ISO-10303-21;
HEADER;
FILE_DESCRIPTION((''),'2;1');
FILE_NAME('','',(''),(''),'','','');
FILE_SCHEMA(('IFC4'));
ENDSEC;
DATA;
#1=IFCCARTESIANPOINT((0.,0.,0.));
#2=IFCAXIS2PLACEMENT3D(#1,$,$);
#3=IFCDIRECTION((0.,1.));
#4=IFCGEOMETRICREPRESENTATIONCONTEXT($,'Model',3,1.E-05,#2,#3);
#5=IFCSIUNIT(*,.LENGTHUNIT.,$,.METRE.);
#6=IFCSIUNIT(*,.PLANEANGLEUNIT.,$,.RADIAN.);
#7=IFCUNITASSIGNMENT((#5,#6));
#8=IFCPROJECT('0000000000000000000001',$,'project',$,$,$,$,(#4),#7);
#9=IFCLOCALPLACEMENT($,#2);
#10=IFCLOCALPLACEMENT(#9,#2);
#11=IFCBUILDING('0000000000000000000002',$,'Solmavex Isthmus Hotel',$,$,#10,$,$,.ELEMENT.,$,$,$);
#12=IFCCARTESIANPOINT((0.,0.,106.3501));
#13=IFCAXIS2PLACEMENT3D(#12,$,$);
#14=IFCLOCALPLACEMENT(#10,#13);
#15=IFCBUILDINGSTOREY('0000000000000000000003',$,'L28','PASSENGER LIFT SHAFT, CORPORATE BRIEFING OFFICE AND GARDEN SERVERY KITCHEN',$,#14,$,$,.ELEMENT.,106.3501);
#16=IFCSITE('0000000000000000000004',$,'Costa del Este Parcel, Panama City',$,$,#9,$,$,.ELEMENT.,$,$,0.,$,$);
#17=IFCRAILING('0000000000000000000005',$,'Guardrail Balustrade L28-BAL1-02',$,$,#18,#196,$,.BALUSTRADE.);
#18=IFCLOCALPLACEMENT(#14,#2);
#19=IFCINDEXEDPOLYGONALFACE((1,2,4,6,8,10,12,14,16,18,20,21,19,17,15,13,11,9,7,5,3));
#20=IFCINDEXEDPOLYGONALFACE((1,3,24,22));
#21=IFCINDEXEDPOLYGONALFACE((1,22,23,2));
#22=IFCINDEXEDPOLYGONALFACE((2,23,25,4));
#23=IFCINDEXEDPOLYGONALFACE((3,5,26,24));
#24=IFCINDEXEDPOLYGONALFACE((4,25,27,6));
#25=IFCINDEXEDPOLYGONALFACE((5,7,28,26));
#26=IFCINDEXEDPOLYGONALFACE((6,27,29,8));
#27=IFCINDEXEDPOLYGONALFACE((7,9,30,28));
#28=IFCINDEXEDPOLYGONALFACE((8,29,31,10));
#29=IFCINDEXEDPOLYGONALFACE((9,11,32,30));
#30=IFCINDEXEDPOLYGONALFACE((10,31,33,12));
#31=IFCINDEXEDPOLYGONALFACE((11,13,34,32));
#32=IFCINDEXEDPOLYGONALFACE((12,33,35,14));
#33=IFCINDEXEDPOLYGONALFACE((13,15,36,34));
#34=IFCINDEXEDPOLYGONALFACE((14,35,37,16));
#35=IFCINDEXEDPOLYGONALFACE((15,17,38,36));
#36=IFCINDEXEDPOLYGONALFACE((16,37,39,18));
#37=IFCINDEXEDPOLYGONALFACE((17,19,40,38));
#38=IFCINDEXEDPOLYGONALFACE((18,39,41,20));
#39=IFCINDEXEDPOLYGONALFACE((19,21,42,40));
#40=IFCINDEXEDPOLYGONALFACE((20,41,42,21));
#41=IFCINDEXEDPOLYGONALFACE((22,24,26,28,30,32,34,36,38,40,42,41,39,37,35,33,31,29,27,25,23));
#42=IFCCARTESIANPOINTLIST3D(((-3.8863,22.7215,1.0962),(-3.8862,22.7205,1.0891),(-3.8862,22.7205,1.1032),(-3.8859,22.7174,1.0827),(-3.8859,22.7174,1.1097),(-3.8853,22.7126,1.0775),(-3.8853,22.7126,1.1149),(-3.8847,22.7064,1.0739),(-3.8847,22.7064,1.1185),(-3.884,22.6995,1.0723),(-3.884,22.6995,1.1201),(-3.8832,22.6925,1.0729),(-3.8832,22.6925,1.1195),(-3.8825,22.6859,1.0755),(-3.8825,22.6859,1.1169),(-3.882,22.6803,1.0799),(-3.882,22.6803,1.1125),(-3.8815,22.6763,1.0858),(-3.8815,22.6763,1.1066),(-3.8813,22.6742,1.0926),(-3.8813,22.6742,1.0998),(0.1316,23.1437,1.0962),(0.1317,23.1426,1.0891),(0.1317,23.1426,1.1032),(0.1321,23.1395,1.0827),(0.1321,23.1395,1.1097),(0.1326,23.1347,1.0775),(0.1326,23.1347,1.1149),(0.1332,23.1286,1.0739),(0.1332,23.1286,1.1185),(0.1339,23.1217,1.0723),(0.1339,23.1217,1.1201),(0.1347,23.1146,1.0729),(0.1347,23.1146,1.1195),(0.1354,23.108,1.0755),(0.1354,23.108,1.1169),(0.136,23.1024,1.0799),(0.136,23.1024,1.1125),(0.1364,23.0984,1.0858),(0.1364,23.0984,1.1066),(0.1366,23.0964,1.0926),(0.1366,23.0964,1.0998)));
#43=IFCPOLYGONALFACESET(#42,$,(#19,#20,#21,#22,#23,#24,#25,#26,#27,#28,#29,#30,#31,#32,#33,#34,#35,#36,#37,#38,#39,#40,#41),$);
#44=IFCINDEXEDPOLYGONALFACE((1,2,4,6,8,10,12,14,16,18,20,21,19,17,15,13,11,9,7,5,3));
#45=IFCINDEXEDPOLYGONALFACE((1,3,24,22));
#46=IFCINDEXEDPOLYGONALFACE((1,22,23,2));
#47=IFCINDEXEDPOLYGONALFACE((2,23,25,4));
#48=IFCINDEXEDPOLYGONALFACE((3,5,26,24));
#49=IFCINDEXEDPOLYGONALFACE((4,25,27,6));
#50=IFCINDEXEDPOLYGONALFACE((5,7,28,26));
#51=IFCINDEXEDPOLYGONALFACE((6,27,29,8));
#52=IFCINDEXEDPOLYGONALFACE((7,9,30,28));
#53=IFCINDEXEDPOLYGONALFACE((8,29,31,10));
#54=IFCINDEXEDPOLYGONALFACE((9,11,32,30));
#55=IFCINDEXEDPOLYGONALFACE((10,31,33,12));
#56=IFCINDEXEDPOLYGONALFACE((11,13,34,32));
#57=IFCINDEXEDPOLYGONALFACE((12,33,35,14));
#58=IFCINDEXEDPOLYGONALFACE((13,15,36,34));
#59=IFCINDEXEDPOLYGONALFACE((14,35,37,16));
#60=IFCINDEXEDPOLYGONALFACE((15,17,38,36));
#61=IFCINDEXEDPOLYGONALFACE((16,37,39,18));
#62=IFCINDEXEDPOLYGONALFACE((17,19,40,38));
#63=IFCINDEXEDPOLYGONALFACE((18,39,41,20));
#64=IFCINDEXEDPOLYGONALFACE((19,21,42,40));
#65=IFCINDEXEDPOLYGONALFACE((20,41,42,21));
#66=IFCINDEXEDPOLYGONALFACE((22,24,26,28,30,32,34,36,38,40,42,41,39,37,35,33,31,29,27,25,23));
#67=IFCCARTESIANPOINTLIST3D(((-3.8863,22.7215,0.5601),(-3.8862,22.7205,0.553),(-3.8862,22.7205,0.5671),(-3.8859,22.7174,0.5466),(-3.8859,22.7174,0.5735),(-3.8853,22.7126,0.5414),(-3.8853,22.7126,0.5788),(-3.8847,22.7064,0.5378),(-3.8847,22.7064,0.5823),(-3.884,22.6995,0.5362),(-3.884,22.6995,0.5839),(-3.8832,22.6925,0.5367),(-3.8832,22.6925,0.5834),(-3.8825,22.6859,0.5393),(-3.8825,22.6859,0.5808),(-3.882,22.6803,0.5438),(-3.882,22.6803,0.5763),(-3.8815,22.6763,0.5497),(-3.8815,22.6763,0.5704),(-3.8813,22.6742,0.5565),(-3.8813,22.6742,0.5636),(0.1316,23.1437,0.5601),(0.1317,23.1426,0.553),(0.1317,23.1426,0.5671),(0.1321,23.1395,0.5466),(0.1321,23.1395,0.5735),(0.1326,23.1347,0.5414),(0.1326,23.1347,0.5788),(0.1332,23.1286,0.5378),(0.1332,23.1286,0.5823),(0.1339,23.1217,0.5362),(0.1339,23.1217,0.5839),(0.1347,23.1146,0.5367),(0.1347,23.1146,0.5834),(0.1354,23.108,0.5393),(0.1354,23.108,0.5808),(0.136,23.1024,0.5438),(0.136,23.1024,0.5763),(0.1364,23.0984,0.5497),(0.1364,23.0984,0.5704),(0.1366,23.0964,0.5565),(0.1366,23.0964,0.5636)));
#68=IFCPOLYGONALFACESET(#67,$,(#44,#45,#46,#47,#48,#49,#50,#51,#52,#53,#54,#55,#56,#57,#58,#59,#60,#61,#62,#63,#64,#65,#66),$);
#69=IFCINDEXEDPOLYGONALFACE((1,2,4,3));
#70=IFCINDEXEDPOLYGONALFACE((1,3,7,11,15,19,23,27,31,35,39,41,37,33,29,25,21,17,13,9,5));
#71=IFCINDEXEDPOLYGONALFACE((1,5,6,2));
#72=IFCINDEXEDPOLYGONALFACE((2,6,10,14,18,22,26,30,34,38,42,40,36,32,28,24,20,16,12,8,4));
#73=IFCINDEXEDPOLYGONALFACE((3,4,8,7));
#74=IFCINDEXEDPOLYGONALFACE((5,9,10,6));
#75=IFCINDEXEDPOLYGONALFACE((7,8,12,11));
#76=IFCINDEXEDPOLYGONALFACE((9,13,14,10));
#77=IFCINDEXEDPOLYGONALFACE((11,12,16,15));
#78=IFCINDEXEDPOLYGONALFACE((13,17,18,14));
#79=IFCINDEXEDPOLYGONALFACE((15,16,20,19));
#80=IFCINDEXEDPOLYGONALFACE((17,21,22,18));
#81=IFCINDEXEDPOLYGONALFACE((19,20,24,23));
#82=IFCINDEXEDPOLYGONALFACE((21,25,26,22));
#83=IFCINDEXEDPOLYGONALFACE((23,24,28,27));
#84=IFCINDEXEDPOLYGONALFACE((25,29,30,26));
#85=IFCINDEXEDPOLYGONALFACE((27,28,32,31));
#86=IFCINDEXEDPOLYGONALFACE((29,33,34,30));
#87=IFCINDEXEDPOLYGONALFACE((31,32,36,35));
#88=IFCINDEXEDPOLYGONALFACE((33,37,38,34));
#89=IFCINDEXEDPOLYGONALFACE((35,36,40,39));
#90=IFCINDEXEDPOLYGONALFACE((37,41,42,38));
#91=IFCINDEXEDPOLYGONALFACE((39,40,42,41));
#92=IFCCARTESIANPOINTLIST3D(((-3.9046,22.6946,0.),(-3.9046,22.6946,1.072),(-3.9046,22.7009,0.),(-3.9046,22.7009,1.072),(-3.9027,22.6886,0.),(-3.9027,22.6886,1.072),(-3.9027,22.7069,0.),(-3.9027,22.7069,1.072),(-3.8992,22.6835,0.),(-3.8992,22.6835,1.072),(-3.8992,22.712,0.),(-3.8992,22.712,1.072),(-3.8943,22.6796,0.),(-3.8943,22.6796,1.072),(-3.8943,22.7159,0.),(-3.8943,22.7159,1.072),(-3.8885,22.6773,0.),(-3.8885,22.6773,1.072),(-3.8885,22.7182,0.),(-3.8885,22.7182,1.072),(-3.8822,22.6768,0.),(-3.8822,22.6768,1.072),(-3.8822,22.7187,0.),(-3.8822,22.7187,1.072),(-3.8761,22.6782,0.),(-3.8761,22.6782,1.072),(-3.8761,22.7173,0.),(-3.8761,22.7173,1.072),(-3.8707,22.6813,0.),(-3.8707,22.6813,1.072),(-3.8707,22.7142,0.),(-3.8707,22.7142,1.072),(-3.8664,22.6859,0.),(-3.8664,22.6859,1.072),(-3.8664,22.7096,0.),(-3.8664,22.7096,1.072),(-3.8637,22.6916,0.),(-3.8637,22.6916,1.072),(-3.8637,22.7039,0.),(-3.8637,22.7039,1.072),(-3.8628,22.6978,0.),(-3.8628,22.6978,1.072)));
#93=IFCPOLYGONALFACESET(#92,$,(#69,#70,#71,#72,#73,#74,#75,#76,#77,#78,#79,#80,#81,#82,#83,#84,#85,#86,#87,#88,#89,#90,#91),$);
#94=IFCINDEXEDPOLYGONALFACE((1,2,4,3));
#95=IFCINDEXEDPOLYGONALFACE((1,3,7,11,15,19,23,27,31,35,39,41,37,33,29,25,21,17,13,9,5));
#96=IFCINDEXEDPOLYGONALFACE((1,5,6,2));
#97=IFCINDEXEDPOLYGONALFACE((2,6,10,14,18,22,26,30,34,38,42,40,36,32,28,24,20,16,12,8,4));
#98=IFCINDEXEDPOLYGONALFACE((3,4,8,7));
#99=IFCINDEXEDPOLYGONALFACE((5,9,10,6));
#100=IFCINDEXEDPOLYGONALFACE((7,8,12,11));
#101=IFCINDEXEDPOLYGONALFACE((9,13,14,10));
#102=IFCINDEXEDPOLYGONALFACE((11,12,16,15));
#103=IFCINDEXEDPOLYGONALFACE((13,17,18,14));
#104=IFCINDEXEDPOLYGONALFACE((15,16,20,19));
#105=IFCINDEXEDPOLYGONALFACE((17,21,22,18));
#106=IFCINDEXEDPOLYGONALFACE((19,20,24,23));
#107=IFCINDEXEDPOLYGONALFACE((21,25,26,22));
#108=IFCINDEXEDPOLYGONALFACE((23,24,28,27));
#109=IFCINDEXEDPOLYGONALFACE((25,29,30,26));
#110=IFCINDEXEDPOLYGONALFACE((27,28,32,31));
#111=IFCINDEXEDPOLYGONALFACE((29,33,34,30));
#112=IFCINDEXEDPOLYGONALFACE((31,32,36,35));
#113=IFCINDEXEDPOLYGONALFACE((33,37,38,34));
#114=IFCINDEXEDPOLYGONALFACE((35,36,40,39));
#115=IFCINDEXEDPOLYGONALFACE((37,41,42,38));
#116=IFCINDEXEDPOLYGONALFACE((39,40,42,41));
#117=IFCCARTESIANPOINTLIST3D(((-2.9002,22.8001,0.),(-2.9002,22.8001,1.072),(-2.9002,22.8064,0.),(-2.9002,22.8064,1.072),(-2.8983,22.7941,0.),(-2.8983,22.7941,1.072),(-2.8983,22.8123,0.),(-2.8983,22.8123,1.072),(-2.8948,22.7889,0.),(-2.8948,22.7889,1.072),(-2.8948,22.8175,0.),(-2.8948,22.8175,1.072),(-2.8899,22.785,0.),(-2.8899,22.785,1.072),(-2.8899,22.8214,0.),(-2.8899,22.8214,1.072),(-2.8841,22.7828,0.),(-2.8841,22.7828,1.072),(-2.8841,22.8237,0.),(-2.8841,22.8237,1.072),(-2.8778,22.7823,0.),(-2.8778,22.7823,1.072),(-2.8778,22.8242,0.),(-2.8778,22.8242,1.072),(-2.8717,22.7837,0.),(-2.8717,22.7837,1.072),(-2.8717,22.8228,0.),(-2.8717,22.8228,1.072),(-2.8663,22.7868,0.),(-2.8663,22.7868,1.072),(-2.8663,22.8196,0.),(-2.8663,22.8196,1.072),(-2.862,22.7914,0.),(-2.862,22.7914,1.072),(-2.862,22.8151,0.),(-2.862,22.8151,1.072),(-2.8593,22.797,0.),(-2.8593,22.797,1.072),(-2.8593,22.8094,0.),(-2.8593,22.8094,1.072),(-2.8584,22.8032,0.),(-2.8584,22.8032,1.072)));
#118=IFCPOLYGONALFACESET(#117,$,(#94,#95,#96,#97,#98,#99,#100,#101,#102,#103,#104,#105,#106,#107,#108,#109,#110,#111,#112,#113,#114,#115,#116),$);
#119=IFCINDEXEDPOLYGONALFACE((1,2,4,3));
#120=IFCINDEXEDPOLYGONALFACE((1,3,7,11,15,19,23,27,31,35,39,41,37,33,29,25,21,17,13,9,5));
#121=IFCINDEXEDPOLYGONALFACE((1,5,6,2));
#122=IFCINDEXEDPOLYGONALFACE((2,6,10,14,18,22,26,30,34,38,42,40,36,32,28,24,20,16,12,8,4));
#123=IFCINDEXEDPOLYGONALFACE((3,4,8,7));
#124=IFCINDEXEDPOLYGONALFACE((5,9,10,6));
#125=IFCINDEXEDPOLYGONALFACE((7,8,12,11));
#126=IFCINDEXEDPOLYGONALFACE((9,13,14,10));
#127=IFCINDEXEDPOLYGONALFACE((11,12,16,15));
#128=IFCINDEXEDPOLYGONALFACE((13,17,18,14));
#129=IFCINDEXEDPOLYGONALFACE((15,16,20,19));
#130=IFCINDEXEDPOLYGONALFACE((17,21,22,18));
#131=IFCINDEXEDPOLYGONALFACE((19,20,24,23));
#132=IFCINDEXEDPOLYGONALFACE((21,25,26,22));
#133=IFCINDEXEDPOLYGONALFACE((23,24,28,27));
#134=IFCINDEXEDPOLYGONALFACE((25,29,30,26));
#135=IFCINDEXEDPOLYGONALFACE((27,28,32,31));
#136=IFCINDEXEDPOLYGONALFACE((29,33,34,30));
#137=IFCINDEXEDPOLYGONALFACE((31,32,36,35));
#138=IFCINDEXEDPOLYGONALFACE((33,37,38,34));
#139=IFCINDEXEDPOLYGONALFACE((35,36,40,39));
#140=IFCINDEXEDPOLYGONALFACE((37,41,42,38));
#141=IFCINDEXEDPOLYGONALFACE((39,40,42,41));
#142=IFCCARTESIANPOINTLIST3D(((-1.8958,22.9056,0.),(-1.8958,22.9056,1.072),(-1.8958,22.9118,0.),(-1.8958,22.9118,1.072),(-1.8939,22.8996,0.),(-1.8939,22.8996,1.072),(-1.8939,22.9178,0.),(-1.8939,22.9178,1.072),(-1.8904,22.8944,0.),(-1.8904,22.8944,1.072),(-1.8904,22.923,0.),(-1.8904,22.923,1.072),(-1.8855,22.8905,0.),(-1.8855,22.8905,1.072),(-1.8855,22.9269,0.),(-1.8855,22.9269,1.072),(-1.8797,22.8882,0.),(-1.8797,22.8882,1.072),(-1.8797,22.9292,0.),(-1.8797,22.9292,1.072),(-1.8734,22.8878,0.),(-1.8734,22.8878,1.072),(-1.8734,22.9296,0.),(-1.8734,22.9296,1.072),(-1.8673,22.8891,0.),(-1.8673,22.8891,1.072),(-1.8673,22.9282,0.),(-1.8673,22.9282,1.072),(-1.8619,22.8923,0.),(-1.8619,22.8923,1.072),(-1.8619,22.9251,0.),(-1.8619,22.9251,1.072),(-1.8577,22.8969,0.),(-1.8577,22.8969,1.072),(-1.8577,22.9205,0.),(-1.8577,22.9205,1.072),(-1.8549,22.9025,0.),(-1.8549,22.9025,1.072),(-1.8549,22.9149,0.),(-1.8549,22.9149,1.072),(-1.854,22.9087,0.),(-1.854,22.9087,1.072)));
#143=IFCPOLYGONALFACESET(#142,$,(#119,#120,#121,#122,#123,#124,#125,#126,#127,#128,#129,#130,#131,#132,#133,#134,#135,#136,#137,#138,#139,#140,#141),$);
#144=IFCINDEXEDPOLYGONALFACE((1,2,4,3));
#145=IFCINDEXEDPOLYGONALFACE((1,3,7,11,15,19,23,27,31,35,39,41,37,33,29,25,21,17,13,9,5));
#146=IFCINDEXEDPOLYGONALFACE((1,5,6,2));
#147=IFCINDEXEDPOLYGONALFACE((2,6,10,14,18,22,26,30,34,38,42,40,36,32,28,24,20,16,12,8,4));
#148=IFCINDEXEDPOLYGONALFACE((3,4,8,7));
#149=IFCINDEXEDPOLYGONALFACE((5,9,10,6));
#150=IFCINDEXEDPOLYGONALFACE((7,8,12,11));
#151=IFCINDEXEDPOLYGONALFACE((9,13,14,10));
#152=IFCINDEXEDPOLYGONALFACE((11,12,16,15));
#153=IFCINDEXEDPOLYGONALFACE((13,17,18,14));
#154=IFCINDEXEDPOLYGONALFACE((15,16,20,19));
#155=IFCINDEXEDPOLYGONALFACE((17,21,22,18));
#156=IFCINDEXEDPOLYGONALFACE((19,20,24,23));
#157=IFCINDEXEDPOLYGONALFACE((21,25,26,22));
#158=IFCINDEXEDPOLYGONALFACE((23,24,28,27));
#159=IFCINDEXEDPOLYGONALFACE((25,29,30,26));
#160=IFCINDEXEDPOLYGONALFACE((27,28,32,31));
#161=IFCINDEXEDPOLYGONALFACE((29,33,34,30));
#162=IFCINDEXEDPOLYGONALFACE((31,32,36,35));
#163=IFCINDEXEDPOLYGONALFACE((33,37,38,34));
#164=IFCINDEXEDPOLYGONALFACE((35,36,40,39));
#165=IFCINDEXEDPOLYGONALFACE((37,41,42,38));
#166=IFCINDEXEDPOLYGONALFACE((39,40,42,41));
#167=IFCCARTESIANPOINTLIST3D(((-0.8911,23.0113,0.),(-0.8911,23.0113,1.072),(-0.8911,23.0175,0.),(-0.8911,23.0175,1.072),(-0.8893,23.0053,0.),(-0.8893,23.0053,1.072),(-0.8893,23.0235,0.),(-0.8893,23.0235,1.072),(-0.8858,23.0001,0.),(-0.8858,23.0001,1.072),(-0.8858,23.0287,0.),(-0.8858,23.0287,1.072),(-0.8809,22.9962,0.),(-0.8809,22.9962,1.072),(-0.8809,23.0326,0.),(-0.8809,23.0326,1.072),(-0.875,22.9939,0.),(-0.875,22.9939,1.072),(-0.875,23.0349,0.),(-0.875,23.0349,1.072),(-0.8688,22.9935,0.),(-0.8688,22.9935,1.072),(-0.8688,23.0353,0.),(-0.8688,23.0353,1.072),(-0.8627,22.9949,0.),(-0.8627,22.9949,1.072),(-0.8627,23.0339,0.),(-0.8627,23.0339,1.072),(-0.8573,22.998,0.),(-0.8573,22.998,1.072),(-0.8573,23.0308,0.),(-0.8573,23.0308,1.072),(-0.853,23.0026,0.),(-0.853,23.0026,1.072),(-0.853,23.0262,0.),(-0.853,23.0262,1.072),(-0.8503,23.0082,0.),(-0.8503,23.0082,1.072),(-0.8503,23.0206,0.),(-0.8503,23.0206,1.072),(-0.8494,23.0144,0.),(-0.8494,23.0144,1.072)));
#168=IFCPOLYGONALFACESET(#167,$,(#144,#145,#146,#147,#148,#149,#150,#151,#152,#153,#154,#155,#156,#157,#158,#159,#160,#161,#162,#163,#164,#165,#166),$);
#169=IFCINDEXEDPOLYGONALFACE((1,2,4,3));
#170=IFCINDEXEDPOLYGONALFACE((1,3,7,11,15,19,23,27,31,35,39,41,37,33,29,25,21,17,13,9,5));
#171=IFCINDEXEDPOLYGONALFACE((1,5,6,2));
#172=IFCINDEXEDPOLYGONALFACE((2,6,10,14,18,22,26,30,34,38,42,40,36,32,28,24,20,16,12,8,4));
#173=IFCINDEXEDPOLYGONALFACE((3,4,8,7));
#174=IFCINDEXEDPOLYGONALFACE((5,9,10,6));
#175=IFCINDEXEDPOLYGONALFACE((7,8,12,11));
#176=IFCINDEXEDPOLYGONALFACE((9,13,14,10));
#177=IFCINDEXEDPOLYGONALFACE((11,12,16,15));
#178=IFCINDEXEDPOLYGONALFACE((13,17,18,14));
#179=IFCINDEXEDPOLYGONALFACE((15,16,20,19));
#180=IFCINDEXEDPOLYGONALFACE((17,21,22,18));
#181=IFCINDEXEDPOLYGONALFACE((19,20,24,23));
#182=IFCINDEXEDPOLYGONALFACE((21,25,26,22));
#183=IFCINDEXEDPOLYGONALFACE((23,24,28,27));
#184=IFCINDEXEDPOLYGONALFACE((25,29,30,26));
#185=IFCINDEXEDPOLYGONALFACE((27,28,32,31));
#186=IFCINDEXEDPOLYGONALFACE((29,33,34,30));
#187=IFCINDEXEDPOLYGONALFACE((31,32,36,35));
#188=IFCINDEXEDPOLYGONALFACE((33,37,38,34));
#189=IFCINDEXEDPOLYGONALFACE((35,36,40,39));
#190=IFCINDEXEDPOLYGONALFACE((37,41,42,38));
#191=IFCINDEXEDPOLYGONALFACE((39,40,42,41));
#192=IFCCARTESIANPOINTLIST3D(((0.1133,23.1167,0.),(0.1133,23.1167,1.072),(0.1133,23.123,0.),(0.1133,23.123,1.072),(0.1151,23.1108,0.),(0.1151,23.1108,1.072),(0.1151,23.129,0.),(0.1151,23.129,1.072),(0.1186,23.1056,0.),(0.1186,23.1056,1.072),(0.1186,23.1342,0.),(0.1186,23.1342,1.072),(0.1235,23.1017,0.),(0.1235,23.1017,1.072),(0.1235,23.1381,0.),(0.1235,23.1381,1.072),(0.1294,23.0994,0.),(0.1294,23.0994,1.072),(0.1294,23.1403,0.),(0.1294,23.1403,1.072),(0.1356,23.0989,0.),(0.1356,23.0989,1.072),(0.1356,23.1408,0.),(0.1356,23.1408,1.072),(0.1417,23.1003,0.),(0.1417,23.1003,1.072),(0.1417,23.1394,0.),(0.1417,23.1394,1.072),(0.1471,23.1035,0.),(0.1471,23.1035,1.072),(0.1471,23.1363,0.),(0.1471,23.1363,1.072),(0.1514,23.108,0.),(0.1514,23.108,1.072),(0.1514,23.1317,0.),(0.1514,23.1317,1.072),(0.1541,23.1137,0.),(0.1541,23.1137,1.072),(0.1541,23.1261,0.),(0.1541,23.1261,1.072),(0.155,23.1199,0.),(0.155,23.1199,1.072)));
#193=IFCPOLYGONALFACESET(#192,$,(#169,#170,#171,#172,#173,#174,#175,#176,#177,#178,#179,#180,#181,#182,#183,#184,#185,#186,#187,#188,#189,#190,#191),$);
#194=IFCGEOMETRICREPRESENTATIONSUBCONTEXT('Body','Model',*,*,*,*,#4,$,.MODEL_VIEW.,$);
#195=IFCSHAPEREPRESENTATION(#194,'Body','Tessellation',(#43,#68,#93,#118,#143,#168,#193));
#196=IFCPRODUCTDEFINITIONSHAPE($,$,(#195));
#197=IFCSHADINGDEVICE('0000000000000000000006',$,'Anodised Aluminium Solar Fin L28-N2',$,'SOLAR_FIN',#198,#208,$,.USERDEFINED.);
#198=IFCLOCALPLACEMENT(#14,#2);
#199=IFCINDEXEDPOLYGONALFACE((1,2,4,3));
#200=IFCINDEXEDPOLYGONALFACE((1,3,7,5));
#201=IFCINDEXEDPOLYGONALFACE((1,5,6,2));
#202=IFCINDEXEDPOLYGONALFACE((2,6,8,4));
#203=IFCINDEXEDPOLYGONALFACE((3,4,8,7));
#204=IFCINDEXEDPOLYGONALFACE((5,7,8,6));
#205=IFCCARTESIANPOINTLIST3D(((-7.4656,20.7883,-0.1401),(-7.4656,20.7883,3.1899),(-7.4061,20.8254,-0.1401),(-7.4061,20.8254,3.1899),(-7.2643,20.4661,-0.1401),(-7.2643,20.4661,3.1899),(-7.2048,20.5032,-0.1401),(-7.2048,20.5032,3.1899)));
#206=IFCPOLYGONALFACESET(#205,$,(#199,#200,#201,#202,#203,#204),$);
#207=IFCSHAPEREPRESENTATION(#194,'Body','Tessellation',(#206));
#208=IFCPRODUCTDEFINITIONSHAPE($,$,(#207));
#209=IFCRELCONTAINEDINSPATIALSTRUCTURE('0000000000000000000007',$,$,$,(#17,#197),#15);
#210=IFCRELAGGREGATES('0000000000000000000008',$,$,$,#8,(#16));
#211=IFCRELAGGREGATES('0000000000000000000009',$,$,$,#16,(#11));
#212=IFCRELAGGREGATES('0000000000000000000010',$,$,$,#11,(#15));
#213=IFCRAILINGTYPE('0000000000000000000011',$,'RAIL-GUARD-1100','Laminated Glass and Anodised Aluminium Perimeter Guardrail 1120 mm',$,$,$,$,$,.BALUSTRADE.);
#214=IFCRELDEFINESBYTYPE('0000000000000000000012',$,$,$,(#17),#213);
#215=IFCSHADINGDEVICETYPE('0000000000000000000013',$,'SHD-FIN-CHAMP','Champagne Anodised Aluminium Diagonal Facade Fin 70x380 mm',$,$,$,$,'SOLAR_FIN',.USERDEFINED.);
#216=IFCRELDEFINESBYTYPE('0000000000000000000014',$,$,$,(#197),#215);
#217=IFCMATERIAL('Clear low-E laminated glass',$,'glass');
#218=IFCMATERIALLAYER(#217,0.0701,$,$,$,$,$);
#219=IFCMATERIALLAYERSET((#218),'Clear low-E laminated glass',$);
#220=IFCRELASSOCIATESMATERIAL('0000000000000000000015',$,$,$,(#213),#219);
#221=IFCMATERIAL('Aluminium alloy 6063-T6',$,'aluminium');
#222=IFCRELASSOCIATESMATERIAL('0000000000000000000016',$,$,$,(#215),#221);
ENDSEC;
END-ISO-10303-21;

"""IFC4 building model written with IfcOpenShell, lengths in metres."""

from ifc_helpers import new_model, si_unit, direction, frame, origin, origin_2d, place, context, subcontext, project, spatial, rectangle, circle, extrude, material, layer, layer_set, type_object, element, save


model = new_model("IFC4")

# Units and contexts
model_context = context("Model", 3, precision=1e-05, world=origin(), true_north=direction((0.0, 1.0)))
body_context = subcontext(model_context, "Body", "Model", "MODEL_VIEW")
ifc_project = project(units=[si_unit("LENGTHUNIT", "METRE"), si_unit("PLANEANGLEUNIT", "RADIAN")], contexts=[model_context])

# Site, building, storey
site_placement = place(None, origin())
site = spatial("IfcSite", under=ifc_project, at=site_placement, Name="Costa del Este Parcel, Panama City", CompositionType="ELEMENT", RefElevation=0.0)
building_placement = place(site_placement, origin())
building = spatial("IfcBuilding", under=site, at=building_placement, Name="Solmavex Isthmus Hotel", CompositionType="ELEMENT")
storey_placement = place(building_placement, frame((0.0, 0.0, 106.3501)))
storey = spatial("IfcBuildingStorey", under=building, at=storey_placement, Name="L28", Description="PASSENGER LIFT SHAFT, CORPORATE BRIEFING OFFICE AND GARDEN SERVERY KITCHEN", CompositionType="ELEMENT", Elevation=106.3501)

# Shared definitions
ifc_material_1 = material(Name="Aluminium alloy 6063-T6", Category="aluminium")

# Shared definitions
ifc_material_2 = material(Name="Clear low-E laminated glass", Category="glass")

# Railing
ifc_layer_1 = layer(ifc_material_2, 0.0701)
ifc_layer_set_1 = layer_set([ifc_layer_1], Name="Clear low-E laminated glass")
railing_type = type_object("IfcRailingType", Name="RAIL-GUARD-1100", Description="Laminated Glass and Anodised Aluminium Perimeter Guardrail 1120 mm", PredefinedType="BALUSTRADE", material=ifc_layer_set_1)
railing_1_placement = place(storey_placement, frame((-3.8838, 22.6978, 0.0)))
element("IfcRailing", 1, at=railing_1_placement, inside=storey, type_object=railing_type, Name="Guardrail Balustrade L28-BAL1-02", PredefinedType="BALUSTRADE", context=body_context, shape_type="SweptSolid", body=[
    extrude(circle(Radius=0.0239, at=origin_2d()), frame((0.0, 0.0, 1.0962), z_axis=(0.994526, 0.104487, 0.0), x_axis=(-0.104487, 0.994526, 0.0)), (0.0, 0.0, 1.0), 4.04),
    extrude(circle(Radius=0.0239, at=origin_2d()), frame((0.0, 0.0, 0.5601), z_axis=(0.994526, 0.104487, 0.0), x_axis=(-0.104487, 0.994526, 0.0)), (0.0, 0.0, 1.0), 4.04),
    extrude(circle(Radius=0.021, at=origin_2d()), origin(), (0.0, 0.0, 1.0), 1.072),
    extrude(circle(Radius=0.021, at=origin_2d()), frame((1.0044, 0.1055, 0.0)), (0.0, 0.0, 1.0), 1.072),
    extrude(circle(Radius=0.021, at=origin_2d()), frame((2.0088, 0.2109, 0.0)), (0.0, 0.0, 1.0), 1.072),
    extrude(circle(Radius=0.021, at=origin_2d()), frame((3.0134, 0.3167, 0.0)), (0.0, 0.0, 1.0), 1.072),
    extrude(circle(Radius=0.021, at=origin_2d()), frame((4.0178, 0.4221, 0.0)), (0.0, 0.0, 1.0), 1.072),
])

# Shading device
shading_device_type = type_object("IfcShadingDeviceType", Name="SHD-FIN-CHAMP", Description="Champagne Anodised Aluminium Diagonal Facade Fin 70x380 mm", ElementType="SOLAR_FIN", PredefinedType="USERDEFINED", material=ifc_material_1)
shading_device_placement = place(storey_placement, frame((-7.3352, 20.6458, -0.1401), z_axis=(0.0, 0.0, 1.0), x_axis=(-0.529919, 0.848048, 0.0)))
element("IfcShadingDevice", 2, at=shading_device_placement, inside=storey, type_object=shading_device_type, Name="Anodised Aluminium Solar Fin L28-N2", ObjectType="SOLAR_FIN", PredefinedType="USERDEFINED", context=body_context, shape_type="SweptSolid", body=[
    extrude(rectangle(XDim=0.3799, YDim=0.0701, at=origin_2d()), origin(), (0.0, 0.0, 1.0), 3.3301),
])

save(model, "model.ifc")
